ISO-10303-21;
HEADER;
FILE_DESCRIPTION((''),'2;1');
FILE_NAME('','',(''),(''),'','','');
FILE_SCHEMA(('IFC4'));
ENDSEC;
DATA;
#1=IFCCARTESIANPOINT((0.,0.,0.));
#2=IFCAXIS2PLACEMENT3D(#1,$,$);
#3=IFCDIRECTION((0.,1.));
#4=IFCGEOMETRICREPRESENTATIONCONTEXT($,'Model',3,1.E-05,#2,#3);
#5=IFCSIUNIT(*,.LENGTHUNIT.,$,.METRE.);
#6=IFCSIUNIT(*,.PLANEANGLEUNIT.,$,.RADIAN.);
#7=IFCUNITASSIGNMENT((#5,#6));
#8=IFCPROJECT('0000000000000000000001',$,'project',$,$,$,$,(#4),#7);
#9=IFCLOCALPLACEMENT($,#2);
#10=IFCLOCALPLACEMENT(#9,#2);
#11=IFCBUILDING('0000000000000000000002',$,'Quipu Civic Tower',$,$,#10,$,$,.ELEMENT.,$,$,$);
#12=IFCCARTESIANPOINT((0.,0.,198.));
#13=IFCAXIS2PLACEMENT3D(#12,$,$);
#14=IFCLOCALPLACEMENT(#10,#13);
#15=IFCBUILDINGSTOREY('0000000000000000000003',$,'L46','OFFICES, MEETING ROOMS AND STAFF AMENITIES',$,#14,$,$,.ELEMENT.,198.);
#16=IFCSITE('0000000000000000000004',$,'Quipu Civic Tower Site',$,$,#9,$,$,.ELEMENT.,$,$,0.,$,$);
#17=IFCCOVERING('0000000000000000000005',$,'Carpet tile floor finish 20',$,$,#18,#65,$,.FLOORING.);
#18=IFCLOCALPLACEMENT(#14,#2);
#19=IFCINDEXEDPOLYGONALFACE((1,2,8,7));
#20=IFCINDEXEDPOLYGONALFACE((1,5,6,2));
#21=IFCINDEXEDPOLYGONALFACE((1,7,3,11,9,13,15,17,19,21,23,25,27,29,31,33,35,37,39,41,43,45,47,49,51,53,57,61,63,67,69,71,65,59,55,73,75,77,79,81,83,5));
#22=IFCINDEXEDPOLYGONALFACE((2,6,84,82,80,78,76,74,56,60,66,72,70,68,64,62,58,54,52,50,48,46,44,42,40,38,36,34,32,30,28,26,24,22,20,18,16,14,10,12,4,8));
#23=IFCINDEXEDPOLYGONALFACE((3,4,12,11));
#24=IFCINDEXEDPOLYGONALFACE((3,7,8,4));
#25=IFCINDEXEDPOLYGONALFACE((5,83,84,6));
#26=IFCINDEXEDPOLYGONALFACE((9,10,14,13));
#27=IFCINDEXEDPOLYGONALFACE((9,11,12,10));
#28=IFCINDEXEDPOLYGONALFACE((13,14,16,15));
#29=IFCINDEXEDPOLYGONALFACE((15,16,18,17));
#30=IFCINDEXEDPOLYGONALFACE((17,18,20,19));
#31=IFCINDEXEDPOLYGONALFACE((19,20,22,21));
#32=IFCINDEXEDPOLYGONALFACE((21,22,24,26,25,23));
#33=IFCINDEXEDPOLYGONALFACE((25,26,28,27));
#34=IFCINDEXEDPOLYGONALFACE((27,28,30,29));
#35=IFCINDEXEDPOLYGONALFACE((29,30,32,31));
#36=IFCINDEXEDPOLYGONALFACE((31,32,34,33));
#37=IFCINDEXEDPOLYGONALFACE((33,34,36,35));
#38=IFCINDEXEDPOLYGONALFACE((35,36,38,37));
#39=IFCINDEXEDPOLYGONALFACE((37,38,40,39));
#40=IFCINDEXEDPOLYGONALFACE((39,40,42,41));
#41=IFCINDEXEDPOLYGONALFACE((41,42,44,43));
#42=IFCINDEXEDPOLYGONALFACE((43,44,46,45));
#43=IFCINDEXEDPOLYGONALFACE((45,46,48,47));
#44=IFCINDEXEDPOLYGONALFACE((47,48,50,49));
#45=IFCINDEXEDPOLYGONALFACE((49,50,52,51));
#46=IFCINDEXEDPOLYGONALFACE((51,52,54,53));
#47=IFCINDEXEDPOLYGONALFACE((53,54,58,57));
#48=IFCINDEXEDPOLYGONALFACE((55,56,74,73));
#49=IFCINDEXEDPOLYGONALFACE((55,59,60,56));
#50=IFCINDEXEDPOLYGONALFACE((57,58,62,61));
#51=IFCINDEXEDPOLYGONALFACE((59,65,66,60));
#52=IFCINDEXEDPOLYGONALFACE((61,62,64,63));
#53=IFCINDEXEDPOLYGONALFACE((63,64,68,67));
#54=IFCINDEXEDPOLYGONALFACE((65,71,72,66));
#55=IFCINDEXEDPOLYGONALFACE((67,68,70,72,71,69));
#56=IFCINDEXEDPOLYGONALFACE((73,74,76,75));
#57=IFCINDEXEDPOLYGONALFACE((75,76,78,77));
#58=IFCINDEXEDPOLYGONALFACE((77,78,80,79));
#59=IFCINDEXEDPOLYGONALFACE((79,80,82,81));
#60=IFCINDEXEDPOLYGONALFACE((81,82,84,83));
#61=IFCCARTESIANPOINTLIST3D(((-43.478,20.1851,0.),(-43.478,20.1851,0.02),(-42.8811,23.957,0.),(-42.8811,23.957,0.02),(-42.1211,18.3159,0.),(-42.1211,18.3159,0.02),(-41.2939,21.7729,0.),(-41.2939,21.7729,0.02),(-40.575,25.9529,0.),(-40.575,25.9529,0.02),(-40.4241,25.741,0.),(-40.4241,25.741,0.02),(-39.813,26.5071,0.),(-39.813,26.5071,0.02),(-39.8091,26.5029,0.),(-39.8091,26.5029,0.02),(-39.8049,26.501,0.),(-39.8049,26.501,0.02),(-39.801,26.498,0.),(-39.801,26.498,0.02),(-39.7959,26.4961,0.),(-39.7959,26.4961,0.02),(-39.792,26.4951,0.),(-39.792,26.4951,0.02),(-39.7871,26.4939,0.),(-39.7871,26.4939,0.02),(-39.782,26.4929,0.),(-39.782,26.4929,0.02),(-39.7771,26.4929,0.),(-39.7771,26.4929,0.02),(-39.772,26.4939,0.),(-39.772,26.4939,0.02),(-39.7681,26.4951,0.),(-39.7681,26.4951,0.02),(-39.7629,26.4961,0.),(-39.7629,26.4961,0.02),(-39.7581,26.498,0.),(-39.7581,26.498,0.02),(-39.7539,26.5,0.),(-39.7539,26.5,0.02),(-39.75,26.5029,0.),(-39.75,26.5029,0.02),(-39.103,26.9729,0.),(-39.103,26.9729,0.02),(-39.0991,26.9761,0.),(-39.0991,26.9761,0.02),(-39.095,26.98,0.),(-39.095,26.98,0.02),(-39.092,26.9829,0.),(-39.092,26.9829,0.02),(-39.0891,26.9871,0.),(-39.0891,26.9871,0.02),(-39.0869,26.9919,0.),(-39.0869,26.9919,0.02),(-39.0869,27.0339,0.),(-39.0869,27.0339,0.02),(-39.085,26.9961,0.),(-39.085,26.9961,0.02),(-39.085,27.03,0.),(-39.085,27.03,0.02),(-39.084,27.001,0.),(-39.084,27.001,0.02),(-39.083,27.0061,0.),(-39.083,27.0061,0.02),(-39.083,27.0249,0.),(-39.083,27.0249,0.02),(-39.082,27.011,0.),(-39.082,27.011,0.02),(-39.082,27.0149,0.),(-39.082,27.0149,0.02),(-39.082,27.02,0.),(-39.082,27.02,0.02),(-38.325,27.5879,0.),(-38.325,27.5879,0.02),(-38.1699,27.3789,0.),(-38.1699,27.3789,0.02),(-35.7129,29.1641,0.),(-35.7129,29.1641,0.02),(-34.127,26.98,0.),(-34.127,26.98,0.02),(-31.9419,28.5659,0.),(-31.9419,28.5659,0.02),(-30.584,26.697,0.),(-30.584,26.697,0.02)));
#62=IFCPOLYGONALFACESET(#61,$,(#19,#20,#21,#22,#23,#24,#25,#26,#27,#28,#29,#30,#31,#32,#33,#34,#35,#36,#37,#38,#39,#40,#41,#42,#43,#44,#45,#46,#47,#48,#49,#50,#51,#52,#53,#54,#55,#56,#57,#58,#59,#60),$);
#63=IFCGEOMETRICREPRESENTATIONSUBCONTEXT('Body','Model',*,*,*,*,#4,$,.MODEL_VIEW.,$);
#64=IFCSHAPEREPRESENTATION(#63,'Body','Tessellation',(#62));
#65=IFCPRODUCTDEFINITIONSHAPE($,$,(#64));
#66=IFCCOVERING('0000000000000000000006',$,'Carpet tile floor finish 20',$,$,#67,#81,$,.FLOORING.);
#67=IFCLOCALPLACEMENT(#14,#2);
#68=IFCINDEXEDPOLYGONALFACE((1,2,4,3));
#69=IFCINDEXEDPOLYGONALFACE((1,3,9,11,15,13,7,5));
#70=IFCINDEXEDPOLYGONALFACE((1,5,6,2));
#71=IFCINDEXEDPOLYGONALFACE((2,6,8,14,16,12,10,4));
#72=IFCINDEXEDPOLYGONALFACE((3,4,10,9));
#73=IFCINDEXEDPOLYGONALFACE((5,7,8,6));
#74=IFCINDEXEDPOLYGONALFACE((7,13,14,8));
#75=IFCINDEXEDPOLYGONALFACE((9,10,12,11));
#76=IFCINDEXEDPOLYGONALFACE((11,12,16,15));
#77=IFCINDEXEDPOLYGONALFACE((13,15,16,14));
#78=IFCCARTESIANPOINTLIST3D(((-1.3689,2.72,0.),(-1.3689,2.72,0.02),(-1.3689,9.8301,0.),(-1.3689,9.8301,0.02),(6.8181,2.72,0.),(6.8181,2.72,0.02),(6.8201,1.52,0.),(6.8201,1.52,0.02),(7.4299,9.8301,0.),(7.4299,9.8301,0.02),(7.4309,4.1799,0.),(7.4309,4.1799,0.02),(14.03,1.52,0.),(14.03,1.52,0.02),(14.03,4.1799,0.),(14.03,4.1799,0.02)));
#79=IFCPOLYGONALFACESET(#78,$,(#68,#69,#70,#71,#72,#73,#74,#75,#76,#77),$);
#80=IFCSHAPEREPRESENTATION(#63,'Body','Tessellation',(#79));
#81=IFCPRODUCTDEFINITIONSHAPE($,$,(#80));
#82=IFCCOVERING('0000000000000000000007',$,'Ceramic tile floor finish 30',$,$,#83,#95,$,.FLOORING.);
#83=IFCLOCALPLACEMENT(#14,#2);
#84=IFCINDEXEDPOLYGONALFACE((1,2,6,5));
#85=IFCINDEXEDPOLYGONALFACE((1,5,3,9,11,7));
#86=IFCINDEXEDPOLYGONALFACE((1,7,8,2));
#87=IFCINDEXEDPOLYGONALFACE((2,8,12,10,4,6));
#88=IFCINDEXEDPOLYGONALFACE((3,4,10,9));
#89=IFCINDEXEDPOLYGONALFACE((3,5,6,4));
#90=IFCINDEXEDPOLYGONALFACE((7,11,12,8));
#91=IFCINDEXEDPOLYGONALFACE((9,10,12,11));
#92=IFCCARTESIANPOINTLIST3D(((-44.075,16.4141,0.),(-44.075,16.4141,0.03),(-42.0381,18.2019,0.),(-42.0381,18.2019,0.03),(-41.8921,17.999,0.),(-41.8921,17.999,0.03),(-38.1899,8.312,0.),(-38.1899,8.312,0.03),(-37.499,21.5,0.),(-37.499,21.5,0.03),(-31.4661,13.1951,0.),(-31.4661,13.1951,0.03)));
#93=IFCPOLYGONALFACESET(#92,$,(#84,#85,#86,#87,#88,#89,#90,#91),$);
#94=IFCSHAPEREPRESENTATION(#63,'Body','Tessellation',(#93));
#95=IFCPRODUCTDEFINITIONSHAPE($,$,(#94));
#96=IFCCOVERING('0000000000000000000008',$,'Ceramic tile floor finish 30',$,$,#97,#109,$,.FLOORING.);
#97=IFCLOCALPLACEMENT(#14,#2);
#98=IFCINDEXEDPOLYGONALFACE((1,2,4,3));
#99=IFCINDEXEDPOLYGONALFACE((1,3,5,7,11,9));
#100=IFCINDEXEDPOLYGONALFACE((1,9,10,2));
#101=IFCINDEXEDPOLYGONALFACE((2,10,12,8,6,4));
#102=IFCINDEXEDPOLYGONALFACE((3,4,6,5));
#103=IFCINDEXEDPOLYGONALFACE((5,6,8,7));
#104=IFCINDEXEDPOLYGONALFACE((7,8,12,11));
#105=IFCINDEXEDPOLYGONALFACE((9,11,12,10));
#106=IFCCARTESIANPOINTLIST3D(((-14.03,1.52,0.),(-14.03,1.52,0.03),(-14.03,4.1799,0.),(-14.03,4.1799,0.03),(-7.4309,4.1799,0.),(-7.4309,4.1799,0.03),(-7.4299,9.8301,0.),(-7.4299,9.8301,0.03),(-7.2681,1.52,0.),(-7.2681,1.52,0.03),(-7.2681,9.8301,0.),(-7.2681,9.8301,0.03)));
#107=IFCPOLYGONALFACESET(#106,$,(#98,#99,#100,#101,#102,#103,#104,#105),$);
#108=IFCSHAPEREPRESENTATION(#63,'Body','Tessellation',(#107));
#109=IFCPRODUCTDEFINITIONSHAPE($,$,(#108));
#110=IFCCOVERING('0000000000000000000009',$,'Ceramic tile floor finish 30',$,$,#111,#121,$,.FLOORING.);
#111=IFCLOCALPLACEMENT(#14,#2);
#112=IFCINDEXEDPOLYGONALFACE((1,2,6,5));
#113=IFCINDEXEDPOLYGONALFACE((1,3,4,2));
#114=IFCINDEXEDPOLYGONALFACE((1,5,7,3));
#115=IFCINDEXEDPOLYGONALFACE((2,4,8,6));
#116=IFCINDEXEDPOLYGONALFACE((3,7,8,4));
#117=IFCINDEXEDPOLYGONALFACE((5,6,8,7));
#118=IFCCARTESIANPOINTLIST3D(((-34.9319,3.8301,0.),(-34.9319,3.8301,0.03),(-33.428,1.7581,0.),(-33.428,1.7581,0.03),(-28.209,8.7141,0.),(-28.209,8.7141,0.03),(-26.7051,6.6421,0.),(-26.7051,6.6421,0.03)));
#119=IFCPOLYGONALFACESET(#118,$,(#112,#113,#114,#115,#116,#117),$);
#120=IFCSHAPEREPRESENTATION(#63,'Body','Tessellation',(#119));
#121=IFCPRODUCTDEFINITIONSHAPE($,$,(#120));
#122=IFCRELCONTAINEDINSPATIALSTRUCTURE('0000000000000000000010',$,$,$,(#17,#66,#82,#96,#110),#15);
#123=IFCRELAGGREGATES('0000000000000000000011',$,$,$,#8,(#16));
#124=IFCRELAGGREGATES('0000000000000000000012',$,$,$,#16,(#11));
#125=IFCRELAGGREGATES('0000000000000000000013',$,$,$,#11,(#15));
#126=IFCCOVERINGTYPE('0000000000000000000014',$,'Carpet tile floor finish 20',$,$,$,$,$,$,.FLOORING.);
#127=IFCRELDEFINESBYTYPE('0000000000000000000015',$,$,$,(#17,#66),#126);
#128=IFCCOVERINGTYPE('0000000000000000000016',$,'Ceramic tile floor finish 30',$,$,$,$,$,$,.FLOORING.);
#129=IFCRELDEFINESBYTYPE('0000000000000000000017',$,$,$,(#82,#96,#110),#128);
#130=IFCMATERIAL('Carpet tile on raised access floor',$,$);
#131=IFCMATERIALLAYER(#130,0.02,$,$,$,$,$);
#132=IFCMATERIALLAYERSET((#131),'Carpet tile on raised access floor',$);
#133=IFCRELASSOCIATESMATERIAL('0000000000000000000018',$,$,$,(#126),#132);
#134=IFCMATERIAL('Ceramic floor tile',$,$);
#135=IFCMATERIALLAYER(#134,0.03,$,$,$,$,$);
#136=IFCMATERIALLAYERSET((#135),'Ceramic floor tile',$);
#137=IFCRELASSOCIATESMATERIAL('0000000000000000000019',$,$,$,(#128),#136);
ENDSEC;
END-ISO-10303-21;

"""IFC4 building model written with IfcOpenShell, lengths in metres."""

from ifc_helpers import new_model, si_unit, direction, frame, origin, place, context, subcontext, project, spatial, polyline, outline, extrude, material, layer, layer_set, type_object, element, save


model = new_model("IFC4")

# Units and contexts
model_context = context("Model", 3, precision=1e-05, world=origin(), true_north=direction((0.0, 1.0)))
body_context = subcontext(model_context, "Body", "Model", "MODEL_VIEW")
ifc_project = project(units=[si_unit("LENGTHUNIT", "METRE"), si_unit("PLANEANGLEUNIT", "RADIAN")], contexts=[model_context])

# Site, building, storey
site_placement = place(None, origin())
site = spatial("IfcSite", under=ifc_project, at=site_placement, Name="Quipu Civic Tower Site", CompositionType="ELEMENT", RefElevation=0.0)
building_placement = place(site_placement, origin())
building = spatial("IfcBuilding", under=site, at=building_placement, Name="Quipu Civic Tower", CompositionType="ELEMENT")
storey_placement = place(building_placement, frame((0.0, 0.0, 198.0)))
storey = spatial("IfcBuildingStorey", under=building, at=storey_placement, Name="L46", Description="OFFICES, MEETING ROOMS AND STAFF AMENITIES", CompositionType="ELEMENT", Elevation=198.0)

# Coverings
ifc_material_1 = material(Name="Carpet tile on raised access floor")
ifc_layer_1 = layer(ifc_material_1, 0.02)
ifc_layer_set_1 = layer_set([ifc_layer_1], Name="Carpet tile on raised access floor")
covering_type_1 = type_object("IfcCoveringType", Name="Carpet tile floor finish 20", PredefinedType="FLOORING", material=ifc_layer_set_1)
covering_1_placement = place(storey_placement, origin())
element("IfcCovering", 1, at=covering_1_placement, inside=storey, type_object=covering_type_1, Name="Carpet tile floor finish 20", PredefinedType="FLOORING", context=body_context, shape_type="SweptSolid", body=[
    extrude(outline(polyline([(-43.478, 20.1851), (-41.2939, 21.7729), (-42.8811, 23.957), (-40.4241, 25.741), (-40.575, 25.9529), (-39.813, 26.5071), (-39.8091, 26.5029), (-39.8049, 26.501), (-39.801, 26.498), (-39.7959, 26.4961), (-39.792, 26.4951), (-39.7871, 26.4939), (-39.782, 26.4929), (-39.7771, 26.4929), (-39.772, 26.4939), (-39.7681, 26.4951), (-39.7629, 26.4961), (-39.7581, 26.498), (-39.7539, 26.5), (-39.75, 26.5029), (-39.103, 26.9729), (-39.0991, 26.9761), (-39.095, 26.98), (-39.092, 26.9829), (-39.0891, 26.9871), (-39.0869, 26.9919), (-39.085, 26.9961), (-39.084, 27.001), (-39.083, 27.0061), (-39.082, 27.011), (-39.082, 27.0149), (-39.082, 27.02), (-39.083, 27.0249), (-39.085, 27.03), (-39.0869, 27.0339), (-38.325, 27.5879), (-38.1699, 27.3789), (-35.7129, 29.1641), (-34.127, 26.98), (-31.9419, 28.5659), (-30.584, 26.697), (-42.1211, 18.3159), (-43.478, 20.1851)])), origin(), (0.0, 0.0, 1.0), 0.02),
])
covering_2_placement = place(storey_placement, origin())
element("IfcCovering", 2, at=covering_2_placement, inside=storey, type_object=covering_type_1, Name="Carpet tile floor finish 20", PredefinedType="FLOORING", context=body_context, shape_type="SweptSolid", body=[
    extrude(outline(polyline([(-1.3689, 2.72), (-1.3689, 9.8301), (7.4299, 9.8301), (7.4309, 4.1799), (14.03, 4.1799), (14.03, 1.52), (6.8201, 1.52), (6.8181, 2.72), (-1.3689, 2.72)])), origin(), (0.0, 0.0, 1.0), 0.02),
])
ifc_material_2 = material(Name="Ceramic floor tile")
ifc_layer_2 = layer(ifc_material_2, 0.03)
ifc_layer_set_2 = layer_set([ifc_layer_2], Name="Ceramic floor tile")
covering_type_2 = type_object("IfcCoveringType", Name="Ceramic tile floor finish 30", PredefinedType="FLOORING", material=ifc_layer_set_2)
covering_3_placement = place(storey_placement, origin())
element("IfcCovering", 3, at=covering_3_placement, inside=storey, type_object=covering_type_2, Name="Ceramic tile floor finish 30", PredefinedType="FLOORING", context=body_context, shape_type="SweptSolid", body=[
    extrude(outline(polyline([(-44.075, 16.4141), (-41.8921, 17.999), (-42.0381, 18.2019), (-37.499, 21.5), (-31.4661, 13.1951), (-38.1899, 8.312), (-44.075, 16.4141)])), origin(), (0.0, 0.0, 1.0), 0.03),
])
covering_4_placement = place(storey_placement, origin())
element("IfcCovering", 4, at=covering_4_placement, inside=storey, type_object=covering_type_2, Name="Ceramic tile floor finish 30", PredefinedType="FLOORING", context=body_context, shape_type="SweptSolid", body=[
    extrude(outline(polyline([(-14.03, 4.1799), (-7.4309, 4.1799), (-7.4299, 9.8301), (-7.2681, 9.8301), (-7.2681, 1.52), (-14.03, 1.52), (-14.03, 4.1799)])), origin(), (0.0, 0.0, 1.0), 0.03),
])
covering_5_placement = place(storey_placement, origin())
element("IfcCovering", 5, at=covering_5_placement, inside=storey, type_object=covering_type_2, Name="Ceramic tile floor finish 30", PredefinedType="FLOORING", context=body_context, shape_type="SweptSolid", body=[
    extrude(outline(polyline([(-34.9319, 3.8301), (-28.209, 8.7141), (-26.7051, 6.6421), (-33.428, 1.7581), (-34.9319, 3.8301)])), origin(), (0.0, 0.0, 1.0), 0.03),
])

save(model, "model.ifc")
